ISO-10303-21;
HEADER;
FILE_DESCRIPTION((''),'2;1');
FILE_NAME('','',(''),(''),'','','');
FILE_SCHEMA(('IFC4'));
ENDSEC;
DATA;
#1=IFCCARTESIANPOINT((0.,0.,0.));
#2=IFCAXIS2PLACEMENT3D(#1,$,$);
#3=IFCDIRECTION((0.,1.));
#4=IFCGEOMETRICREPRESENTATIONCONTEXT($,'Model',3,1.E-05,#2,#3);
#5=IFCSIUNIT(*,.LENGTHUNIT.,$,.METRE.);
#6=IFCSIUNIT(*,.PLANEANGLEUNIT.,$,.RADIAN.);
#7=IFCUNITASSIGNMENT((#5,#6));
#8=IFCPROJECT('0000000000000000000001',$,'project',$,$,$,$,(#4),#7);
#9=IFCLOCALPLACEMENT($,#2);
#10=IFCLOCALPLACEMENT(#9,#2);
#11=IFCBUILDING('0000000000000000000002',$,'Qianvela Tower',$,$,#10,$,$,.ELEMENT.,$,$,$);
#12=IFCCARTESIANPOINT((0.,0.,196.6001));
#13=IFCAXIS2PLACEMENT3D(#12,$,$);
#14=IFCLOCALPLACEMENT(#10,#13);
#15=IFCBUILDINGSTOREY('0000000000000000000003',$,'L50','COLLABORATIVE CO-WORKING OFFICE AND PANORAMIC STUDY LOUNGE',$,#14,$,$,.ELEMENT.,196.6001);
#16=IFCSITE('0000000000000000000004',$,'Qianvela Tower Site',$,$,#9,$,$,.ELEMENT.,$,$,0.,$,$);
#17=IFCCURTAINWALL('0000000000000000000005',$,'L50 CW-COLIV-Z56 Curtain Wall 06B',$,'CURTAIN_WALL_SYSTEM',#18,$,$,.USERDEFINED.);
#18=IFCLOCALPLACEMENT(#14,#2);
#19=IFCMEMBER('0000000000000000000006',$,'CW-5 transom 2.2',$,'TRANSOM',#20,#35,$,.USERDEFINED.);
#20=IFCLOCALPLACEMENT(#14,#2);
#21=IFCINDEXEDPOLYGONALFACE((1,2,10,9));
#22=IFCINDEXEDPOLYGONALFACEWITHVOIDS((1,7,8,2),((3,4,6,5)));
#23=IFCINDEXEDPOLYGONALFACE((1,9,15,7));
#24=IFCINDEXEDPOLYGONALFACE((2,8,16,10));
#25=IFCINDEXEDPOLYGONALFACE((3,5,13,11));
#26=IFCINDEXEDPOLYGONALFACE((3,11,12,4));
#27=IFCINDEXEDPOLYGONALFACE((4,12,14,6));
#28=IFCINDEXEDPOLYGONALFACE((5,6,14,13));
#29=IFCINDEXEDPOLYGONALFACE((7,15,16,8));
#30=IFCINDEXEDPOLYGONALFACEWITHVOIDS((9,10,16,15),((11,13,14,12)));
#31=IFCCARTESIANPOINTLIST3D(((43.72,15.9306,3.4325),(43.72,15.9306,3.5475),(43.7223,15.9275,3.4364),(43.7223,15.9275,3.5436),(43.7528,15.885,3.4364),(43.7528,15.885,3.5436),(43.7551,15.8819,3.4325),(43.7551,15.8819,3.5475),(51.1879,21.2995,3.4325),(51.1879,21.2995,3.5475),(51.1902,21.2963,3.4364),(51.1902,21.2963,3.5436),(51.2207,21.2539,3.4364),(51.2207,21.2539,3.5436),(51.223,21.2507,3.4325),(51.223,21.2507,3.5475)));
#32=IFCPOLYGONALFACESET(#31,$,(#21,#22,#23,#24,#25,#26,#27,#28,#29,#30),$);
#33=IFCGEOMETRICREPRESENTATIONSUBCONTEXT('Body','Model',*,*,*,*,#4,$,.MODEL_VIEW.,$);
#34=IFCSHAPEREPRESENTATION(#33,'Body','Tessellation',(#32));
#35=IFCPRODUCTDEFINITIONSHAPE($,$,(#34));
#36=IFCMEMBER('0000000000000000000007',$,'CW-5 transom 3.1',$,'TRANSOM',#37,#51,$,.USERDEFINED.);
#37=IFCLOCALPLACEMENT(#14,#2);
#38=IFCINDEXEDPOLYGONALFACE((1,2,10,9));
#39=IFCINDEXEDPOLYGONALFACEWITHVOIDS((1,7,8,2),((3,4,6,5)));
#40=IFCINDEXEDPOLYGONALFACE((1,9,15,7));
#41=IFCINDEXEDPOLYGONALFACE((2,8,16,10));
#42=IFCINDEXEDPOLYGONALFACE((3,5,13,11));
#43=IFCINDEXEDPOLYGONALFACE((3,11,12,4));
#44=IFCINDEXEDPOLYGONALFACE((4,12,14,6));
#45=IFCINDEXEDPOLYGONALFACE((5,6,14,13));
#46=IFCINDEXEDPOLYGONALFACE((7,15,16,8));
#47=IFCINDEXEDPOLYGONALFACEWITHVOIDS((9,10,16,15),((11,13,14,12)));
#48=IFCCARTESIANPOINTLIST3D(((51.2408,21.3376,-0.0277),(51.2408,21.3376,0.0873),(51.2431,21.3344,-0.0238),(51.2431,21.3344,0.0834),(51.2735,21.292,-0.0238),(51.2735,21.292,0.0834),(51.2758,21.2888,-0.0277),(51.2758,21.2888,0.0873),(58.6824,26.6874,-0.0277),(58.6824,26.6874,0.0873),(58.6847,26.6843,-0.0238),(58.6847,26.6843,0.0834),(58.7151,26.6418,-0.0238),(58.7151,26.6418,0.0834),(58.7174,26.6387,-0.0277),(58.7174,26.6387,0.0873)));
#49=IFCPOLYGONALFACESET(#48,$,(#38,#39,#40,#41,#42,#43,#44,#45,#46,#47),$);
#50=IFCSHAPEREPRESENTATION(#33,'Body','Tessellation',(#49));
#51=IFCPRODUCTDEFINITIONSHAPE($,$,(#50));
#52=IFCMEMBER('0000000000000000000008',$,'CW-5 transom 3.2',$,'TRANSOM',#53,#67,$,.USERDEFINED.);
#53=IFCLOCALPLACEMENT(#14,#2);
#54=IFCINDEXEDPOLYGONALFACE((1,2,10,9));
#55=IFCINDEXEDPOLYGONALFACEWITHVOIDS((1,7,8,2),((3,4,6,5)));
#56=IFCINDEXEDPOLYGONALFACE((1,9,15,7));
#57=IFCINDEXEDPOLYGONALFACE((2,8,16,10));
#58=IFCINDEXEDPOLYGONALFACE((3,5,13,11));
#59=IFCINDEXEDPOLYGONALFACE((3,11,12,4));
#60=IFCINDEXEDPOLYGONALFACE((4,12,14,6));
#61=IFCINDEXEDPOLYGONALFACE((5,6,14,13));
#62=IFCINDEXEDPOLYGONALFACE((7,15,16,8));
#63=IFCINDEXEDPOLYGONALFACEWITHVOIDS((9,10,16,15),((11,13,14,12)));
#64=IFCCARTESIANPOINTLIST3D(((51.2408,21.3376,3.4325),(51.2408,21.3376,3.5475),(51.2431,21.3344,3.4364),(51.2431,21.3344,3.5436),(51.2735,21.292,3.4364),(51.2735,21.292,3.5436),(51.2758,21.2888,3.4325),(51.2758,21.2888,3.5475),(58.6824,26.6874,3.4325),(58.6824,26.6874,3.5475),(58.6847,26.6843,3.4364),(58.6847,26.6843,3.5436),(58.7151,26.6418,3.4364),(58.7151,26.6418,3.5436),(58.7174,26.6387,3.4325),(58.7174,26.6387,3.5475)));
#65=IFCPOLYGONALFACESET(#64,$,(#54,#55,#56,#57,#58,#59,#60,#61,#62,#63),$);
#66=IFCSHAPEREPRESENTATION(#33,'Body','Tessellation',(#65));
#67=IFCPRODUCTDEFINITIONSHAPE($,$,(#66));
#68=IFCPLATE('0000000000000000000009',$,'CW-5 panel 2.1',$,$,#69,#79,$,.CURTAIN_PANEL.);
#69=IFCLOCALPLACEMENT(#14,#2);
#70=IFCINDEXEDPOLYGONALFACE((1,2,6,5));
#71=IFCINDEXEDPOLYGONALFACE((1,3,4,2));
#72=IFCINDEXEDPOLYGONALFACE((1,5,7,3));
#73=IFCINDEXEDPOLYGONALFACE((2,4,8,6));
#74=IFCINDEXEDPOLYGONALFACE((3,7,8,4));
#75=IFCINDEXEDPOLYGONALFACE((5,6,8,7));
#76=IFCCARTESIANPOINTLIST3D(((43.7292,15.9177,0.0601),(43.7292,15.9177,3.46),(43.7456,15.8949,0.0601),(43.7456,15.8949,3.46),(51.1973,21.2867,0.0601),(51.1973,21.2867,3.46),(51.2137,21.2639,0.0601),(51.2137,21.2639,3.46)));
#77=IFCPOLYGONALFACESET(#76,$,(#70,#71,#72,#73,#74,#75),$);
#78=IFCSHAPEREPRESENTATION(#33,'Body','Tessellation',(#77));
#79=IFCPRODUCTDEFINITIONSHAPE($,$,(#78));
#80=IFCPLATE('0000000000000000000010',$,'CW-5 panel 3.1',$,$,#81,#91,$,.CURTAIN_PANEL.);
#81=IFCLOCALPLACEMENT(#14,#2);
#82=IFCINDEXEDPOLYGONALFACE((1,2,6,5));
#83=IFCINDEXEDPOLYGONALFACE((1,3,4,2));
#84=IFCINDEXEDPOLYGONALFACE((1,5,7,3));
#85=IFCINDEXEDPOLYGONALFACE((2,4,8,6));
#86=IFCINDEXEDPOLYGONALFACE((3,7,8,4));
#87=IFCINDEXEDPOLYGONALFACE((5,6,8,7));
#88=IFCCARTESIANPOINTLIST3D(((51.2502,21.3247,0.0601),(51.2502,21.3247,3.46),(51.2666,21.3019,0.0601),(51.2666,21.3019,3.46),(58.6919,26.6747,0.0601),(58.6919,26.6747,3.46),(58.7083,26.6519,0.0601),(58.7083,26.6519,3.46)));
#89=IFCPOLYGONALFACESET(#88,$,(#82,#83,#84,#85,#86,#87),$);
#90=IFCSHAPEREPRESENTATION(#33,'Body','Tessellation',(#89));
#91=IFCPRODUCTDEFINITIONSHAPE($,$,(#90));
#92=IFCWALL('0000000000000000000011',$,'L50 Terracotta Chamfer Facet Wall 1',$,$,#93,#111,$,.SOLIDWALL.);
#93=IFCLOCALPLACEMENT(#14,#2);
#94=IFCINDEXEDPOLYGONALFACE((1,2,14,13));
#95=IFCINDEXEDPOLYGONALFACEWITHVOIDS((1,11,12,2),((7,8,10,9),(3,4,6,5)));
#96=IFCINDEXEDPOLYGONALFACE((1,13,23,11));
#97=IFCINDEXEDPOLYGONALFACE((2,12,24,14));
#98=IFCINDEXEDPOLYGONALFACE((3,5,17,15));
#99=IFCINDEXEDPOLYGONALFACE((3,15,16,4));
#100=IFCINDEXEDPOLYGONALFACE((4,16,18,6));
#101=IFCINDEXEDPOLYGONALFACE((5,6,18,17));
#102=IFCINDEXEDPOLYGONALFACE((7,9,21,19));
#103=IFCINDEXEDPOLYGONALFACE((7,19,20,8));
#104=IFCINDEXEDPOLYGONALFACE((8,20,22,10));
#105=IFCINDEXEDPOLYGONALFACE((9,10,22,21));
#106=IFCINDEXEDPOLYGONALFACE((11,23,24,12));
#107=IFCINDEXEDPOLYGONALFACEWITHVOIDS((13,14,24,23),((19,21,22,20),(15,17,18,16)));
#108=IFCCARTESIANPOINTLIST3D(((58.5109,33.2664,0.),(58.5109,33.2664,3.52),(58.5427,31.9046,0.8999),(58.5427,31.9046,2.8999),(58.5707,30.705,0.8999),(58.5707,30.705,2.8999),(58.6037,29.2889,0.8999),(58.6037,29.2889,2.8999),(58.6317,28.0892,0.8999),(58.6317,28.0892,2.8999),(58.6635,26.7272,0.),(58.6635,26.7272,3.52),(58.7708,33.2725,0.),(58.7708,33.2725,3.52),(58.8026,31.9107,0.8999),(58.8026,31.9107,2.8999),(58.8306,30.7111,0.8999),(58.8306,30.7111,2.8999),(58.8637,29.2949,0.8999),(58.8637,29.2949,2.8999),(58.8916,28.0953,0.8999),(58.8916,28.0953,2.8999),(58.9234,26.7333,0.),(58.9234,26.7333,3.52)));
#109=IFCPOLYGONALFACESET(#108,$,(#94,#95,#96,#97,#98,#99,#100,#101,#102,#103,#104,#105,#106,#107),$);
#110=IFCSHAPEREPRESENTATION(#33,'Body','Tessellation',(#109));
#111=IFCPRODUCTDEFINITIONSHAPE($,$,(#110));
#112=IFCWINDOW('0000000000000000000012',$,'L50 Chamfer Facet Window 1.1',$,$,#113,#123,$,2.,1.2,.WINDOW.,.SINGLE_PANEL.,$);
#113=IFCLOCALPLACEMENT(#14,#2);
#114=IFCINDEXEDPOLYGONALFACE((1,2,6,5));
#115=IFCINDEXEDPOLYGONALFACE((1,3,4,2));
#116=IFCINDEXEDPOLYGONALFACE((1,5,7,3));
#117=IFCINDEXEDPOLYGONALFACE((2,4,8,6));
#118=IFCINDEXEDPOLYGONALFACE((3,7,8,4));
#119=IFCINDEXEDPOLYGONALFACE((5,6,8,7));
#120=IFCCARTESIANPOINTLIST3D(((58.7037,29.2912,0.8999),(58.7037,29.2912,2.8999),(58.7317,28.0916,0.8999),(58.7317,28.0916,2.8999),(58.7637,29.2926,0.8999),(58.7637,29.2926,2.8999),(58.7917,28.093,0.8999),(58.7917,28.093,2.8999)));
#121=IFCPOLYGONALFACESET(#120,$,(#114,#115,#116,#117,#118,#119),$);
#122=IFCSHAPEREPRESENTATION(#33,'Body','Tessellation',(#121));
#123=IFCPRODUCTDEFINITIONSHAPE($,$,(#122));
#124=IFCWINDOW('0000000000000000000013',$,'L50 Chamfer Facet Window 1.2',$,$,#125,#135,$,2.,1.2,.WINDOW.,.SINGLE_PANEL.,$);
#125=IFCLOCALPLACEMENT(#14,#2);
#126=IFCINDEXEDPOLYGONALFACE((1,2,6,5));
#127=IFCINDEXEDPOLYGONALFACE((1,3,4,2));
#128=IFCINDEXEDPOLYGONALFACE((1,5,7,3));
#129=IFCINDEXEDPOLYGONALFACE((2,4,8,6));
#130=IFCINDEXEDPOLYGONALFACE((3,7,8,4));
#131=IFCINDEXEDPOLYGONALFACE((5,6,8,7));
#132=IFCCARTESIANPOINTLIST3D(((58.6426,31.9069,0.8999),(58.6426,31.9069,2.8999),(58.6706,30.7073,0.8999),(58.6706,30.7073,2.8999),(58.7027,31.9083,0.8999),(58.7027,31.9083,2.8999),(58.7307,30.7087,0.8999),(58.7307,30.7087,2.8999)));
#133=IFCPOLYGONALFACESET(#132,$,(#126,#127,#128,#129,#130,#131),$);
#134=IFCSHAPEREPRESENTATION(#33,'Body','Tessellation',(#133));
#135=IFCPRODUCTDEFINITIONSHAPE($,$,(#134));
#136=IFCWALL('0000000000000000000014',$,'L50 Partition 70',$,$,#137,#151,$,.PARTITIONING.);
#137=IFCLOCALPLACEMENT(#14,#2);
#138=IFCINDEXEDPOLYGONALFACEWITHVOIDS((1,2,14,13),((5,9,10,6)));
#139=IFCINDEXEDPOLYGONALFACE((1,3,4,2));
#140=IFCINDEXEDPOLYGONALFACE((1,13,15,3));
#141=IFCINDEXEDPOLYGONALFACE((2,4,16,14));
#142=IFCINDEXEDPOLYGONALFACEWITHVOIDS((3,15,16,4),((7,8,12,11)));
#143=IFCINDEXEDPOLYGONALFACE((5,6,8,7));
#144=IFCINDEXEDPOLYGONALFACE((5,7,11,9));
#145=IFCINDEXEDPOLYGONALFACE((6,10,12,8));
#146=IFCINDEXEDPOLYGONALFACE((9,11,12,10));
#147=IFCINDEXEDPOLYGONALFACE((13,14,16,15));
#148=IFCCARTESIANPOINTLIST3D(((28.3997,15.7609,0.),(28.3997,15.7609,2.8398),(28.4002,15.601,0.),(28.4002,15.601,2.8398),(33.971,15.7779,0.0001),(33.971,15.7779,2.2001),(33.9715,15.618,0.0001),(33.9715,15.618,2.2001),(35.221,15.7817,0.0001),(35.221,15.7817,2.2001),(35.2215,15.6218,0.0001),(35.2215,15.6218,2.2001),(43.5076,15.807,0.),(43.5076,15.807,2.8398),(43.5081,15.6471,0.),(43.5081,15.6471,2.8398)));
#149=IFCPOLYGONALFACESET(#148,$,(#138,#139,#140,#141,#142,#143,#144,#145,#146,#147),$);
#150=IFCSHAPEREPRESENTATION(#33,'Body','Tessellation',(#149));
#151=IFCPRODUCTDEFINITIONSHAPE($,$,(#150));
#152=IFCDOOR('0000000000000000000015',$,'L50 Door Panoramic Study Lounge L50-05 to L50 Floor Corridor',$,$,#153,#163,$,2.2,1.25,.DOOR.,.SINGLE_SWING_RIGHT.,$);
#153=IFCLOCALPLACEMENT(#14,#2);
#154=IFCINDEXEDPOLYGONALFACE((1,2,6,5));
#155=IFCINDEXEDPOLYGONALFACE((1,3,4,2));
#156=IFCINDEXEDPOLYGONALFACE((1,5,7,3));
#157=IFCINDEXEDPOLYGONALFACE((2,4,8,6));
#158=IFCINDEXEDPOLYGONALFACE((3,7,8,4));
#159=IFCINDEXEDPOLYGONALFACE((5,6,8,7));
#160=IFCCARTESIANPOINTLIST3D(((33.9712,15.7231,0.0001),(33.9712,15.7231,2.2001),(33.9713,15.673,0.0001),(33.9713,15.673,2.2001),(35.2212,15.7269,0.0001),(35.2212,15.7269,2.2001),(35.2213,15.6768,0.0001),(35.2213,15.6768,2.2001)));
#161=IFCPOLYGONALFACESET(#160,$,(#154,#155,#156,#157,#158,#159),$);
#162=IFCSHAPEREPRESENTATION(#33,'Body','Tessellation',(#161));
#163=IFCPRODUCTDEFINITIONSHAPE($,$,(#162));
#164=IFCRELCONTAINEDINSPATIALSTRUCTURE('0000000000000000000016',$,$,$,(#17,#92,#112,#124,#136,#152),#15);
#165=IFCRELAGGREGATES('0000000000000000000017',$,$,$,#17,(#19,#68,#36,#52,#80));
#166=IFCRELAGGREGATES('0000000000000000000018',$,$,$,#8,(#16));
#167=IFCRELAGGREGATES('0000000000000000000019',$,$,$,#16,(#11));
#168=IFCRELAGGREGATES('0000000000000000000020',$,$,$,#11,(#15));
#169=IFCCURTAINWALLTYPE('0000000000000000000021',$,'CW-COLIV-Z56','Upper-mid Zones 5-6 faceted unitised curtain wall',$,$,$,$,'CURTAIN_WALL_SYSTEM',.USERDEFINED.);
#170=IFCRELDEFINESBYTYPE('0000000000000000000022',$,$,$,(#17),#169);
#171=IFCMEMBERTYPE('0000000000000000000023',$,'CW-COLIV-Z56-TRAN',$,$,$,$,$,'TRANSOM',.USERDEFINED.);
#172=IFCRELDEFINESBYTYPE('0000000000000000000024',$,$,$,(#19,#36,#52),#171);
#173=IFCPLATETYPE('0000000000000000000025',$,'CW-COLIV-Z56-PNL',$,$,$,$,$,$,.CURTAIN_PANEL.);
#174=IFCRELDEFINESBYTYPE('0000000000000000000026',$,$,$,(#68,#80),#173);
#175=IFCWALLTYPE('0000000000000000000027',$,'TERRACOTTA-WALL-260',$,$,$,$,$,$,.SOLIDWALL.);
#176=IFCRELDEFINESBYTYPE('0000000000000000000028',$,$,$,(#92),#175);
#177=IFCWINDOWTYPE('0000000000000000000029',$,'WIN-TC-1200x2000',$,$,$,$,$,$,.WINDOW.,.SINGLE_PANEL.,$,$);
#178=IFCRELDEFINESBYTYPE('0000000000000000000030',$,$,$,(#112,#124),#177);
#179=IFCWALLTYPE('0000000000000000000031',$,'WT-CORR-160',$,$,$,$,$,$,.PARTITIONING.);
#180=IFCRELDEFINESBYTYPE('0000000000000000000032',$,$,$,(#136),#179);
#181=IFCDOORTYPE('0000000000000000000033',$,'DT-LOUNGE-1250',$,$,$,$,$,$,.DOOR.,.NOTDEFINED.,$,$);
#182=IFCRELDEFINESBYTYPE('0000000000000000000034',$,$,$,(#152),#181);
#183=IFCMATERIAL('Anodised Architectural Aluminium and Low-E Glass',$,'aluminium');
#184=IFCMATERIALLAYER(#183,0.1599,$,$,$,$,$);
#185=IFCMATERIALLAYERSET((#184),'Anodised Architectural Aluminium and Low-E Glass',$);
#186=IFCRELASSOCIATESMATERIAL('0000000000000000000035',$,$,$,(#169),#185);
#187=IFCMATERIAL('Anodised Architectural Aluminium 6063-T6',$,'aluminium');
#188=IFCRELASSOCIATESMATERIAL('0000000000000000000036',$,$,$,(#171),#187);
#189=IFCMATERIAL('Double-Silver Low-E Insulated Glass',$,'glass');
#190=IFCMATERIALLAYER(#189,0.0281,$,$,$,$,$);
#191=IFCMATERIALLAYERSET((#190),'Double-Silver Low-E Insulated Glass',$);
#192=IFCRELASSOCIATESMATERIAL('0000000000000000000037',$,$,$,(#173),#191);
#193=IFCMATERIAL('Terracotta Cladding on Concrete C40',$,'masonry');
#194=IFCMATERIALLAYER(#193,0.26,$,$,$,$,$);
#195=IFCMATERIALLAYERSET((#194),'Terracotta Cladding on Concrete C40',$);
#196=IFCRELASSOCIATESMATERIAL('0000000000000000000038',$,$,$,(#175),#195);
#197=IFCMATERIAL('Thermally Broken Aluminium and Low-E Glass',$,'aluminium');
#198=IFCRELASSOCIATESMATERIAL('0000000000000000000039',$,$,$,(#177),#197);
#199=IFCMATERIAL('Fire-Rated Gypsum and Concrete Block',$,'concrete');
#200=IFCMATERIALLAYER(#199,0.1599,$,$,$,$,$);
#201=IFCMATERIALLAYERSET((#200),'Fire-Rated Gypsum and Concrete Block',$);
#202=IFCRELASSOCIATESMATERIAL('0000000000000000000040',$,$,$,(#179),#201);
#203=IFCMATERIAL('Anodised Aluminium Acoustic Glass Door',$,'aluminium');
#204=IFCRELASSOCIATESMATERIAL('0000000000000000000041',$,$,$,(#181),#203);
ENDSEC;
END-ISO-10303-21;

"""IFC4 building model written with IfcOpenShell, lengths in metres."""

from ifc_helpers import new_model, si_unit, direction, frame, frame_2d, origin, origin_2d, place, context, subcontext, project, spatial, rectangle, hollow_rectangle, extrude, material, layer, layer_set, material_profile, profile_set, type_object, element, fill, aggregate, save


model = new_model("IFC4")

# Units and contexts
model_context = context("Model", 3, precision=1e-05, world=origin(), true_north=direction((0.0, 1.0)))
body_context = subcontext(model_context, "Body", "Model", "MODEL_VIEW")
ifc_project = project(units=[si_unit("LENGTHUNIT", "METRE"), si_unit("PLANEANGLEUNIT", "RADIAN")], contexts=[model_context])

# Site, building, storey
site_placement = place(None, origin())
site = spatial("IfcSite", under=ifc_project, at=site_placement, Name="Qianvela Tower Site", CompositionType="ELEMENT", RefElevation=0.0)
building_placement = place(site_placement, origin())
building = spatial("IfcBuilding", under=site, at=building_placement, Name="Qianvela Tower", CompositionType="ELEMENT")
storey_placement = place(building_placement, frame((0.0, 0.0, 196.6001)))
storey = spatial("IfcBuildingStorey", under=building, at=storey_placement, Name="L50", Description="COLLABORATIVE CO-WORKING OFFICE AND PANORAMIC STUDY LOUNGE", CompositionType="ELEMENT", Elevation=196.6001)

# Curtain wall, members, plates
ifc_material_1 = material(Name="Anodised Architectural Aluminium and Low-E Glass", Category="aluminium")
ifc_layer_1 = layer(ifc_material_1, 0.1599)
ifc_layer_set_1 = layer_set([ifc_layer_1], Name="Anodised Architectural Aluminium and Low-E Glass")
curtain_wall_type = type_object("IfcCurtainWallType", Name="CW-COLIV-Z56", Description="Upper-mid Zones 5-6 faceted unitised curtain wall", ElementType="CURTAIN_WALL_SYSTEM", PredefinedType="USERDEFINED", material=ifc_layer_set_1)
curtain_wall_placement = place(storey_placement, origin())
curtain_wall = element("IfcCurtainWall", 1, at=curtain_wall_placement, inside=storey, type_object=curtain_wall_type, Name="L50 CW-COLIV-Z56 Curtain Wall 06B", ObjectType="CURTAIN_WALL_SYSTEM", PredefinedType="USERDEFINED")
ifc_material_2 = material(Name="Anodised Architectural Aluminium 6063-T6", Category="aluminium")
ifc_material_profile_1 = material_profile(ifc_material_2, hollow_rectangle(XDim=0.0601, YDim=0.115, WallThickness=0.0039, at=origin_2d()), Name="ALU-TRAN-60x115")
ifc_profile_set_1 = profile_set([ifc_material_profile_1], Name="Anodised Architectural Aluminium 6063-T6")
member_type_1 = type_object("IfcMemberType", Name="CW-COLIV-Z56-TRAN", ElementType="TRANSOM", PredefinedType="USERDEFINED", material=ifc_profile_set_1)
member_1_placement = place(storey_placement, frame((43.7375, 15.9062, 3.49), z_axis=(0.811951, 0.583726, 0.0), x_axis=(-0.583726, 0.811951, 0.0)))
member_1 = element("IfcMember", 2, at=member_1_placement, type_object=member_type_1, Name="CW-5 transom 2.2", ObjectType="TRANSOM", PredefinedType="USERDEFINED", context=body_context, shape_type="SweptSolid", body=[
    extrude(hollow_rectangle(XDim=0.0601, YDim=0.115, WallThickness=0.0039, at=origin_2d()), origin(), (0.0, 0.0, 1.0), 9.1975),
])
member_2_placement = place(storey_placement, frame((51.2583, 21.3132, 0.0298), z_axis=(0.811955, 0.58372, 0.0), x_axis=(-0.58372, 0.811955, 0.0)))
member_2 = element("IfcMember", 3, at=member_2_placement, type_object=member_type_1, Name="CW-5 transom 3.1", ObjectType="TRANSOM", PredefinedType="USERDEFINED", context=body_context, shape_type="SweptSolid", body=[
    extrude(hollow_rectangle(XDim=0.0601, YDim=0.115, WallThickness=0.0039, at=origin_2d()), origin(), (0.0, 0.0, 1.0), 9.165),
])
member_3_placement = place(storey_placement, frame((51.2583, 21.3132, 3.49), z_axis=(0.811955, 0.58372, 0.0), x_axis=(-0.58372, 0.811955, 0.0)))
member_3 = element("IfcMember", 4, at=member_3_placement, type_object=member_type_1, Name="CW-5 transom 3.2", ObjectType="TRANSOM", PredefinedType="USERDEFINED", context=body_context, shape_type="SweptSolid", body=[
    extrude(hollow_rectangle(XDim=0.0601, YDim=0.115, WallThickness=0.0039, at=origin_2d()), origin(), (0.0, 0.0, 1.0), 9.165),
])
ifc_material_3 = material(Name="Double-Silver Low-E Insulated Glass", Category="glass")
ifc_layer_2 = layer(ifc_material_3, 0.0281)
ifc_layer_set_2 = layer_set([ifc_layer_2], Name="Double-Silver Low-E Insulated Glass")
plate_type = type_object("IfcPlateType", Name="CW-COLIV-Z56-PNL", PredefinedType="CURTAIN_PANEL", material=ifc_layer_set_2)
plate_1_placement = place(storey_placement, frame((47.4714, 18.5908, 0.0601), z_axis=(0.0, 0.0, 1.0), x_axis=(0.811952, 0.583725, 0.0)))
plate_1 = element("IfcPlate", 5, at=plate_1_placement, type_object=plate_type, Name="CW-5 panel 2.1", PredefinedType="CURTAIN_PANEL", context=body_context, shape_type="SweptSolid", body=[
    extrude(rectangle(XDim=9.1978, YDim=0.0281, at=origin_2d()), origin(), (0.0, 0.0, 1.0), 3.3999),
])
plate_2_placement = place(storey_placement, frame((54.9792, 23.9883, 0.0601), z_axis=(0.0, 0.0, 1.0), x_axis=(0.811952, 0.583725, 0.0)))
plate_2 = element("IfcPlate", 6, at=plate_2_placement, type_object=plate_type, Name="CW-5 panel 3.1", PredefinedType="CURTAIN_PANEL", context=body_context, shape_type="SweptSolid", body=[
    extrude(rectangle(XDim=9.1653, YDim=0.0281, at=origin_2d()), origin(), (0.0, 0.0, 1.0), 3.3999),
])
aggregate(curtain_wall, [member_1, plate_1, member_2, member_3, plate_2])

# Wall, openings, windows
ifc_material_4 = material(Name="Terracotta Cladding on Concrete C40", Category="masonry")
ifc_layer_3 = layer(ifc_material_4, 0.26)
ifc_layer_set_3 = layer_set([ifc_layer_3], Name="Terracotta Cladding on Concrete C40")
wall_type_1 = type_object("IfcWallType", Name="TERRACOTTA-WALL-260", PredefinedType="SOLIDWALL", material=ifc_layer_set_3)
wall_1_placement = place(storey_placement, frame((58.7935, 26.7302, 0.0), z_axis=(0.0, 0.0, 1.0), x_axis=(-0.023328, 0.999728, 0.0)))
wall_1 = element("IfcWall", 7, at=wall_1_placement, inside=storey, type_object=wall_type_1, Name="L50 Terracotta Chamfer Facet Wall 1", PredefinedType="SOLIDWALL", context=body_context, shape_type="SweptSolid", body=[
    extrude(rectangle(XDim=6.541, YDim=0.26, at=frame_2d((3.2705, 0.0))), origin(), (0.0, 0.0, 1.0), 3.52),
])
opening_1_placement = place(wall_1_placement, frame((1.3623, 0.0, 0.8999)))
opening_1 = element("IfcOpeningElement", 8, at=opening_1_placement, cuts=wall_1, PredefinedType="OPENING", context=body_context, shape_type="SweptSolid", body=[
    extrude(rectangle(XDim=1.2, YDim=2.0, at=frame_2d((0.6001, 1.0))), frame((0.0, 0.1399, 0.0), z_axis=(0.0, -1.0, 0.0), x_axis=(1.0, 0.0, 0.0)), (0.0, 0.0, 1.0), 0.28),
])
opening_2_placement = place(wall_1_placement, frame((3.9788, 0.0, 0.8999)))
opening_2 = element("IfcOpeningElement", 9, at=opening_2_placement, cuts=wall_1, PredefinedType="OPENING", context=body_context, shape_type="SweptSolid", body=[
    extrude(rectangle(XDim=1.2, YDim=2.0, at=frame_2d((0.6001, 1.0))), frame((0.0, 0.1399, 0.0), z_axis=(0.0, -1.0, 0.0), x_axis=(1.0, 0.0, 0.0)), (0.0, 0.0, 1.0), 0.28),
])
ifc_material_5 = material(Name="Thermally Broken Aluminium and Low-E Glass", Category="aluminium")
window_type = type_object("IfcWindowType", Name="WIN-TC-1200x2000", PartitioningType="SINGLE_PANEL", PredefinedType="WINDOW", material=ifc_material_5)
window_1_placement = place(opening_1_placement, origin())
window_1 = element("IfcWindow", 10, at=window_1_placement, inside=storey, type_object=window_type, Name="L50 Chamfer Facet Window 1.1", OverallHeight=2.0, OverallWidth=1.2, PartitioningType="SINGLE_PANEL", PredefinedType="WINDOW", context=body_context, shape_type="SweptSolid", body=[
    extrude(rectangle(XDim=1.2, YDim=2.0, at=frame_2d((0.6001, 1.0))), frame((0.0, 0.03, 0.0), z_axis=(0.0, -1.0, 0.0), x_axis=(1.0, 0.0, 0.0)), (0.0, 0.0, 1.0), 0.0601),
])
fill(opening_1, window_1)
window_2_placement = place(opening_2_placement, origin())
window_2 = element("IfcWindow", 11, at=window_2_placement, inside=storey, type_object=window_type, Name="L50 Chamfer Facet Window 1.2", OverallHeight=2.0, OverallWidth=1.2, PartitioningType="SINGLE_PANEL", PredefinedType="WINDOW", context=body_context, shape_type="SweptSolid", body=[
    extrude(rectangle(XDim=1.2, YDim=2.0, at=frame_2d((0.6001, 1.0))), frame((0.0, 0.03, 0.0), z_axis=(0.0, -1.0, 0.0), x_axis=(1.0, 0.0, 0.0)), (0.0, 0.0, 1.0), 0.0601),
])
fill(opening_2, window_2)

# Wall, opening, door
ifc_material_6 = material(Name="Fire-Rated Gypsum and Concrete Block", Category="concrete")
ifc_layer_4 = layer(ifc_material_6, 0.1599)
ifc_layer_set_4 = layer_set([ifc_layer_4], Name="Fire-Rated Gypsum and Concrete Block")
wall_type_2 = type_object("IfcWallType", Name="WT-CORR-160", PredefinedType="PARTITIONING", material=ifc_layer_set_4)
wall_2_placement = place(storey_placement, frame((43.5078, 15.7271, 0.0), z_axis=(0.0, 0.0, 1.0), x_axis=(-0.999995, -0.003054, 0.0)))
wall_2 = element("IfcWall", 12, at=wall_2_placement, inside=storey, type_object=wall_type_2, Name="L50 Partition 70", PredefinedType="PARTITIONING", context=body_context, shape_type="SweptSolid", body=[
    extrude(rectangle(XDim=15.1079, YDim=0.1599, at=frame_2d((7.554, 0.0))), origin(), (0.0, 0.0, 1.0), 2.8398),
])
opening_3_placement = place(wall_2_placement, frame((8.2866, 0.0, 0.0)))
opening_3 = element("IfcOpeningElement", 13, at=opening_3_placement, cuts=wall_2, PredefinedType="OPENING", context=body_context, shape_type="SweptSolid", body=[
    extrude(rectangle(XDim=1.25, YDim=2.2, at=frame_2d((0.625, 1.1001))), frame((0.0, 0.0898, 0.0), z_axis=(0.0, -1.0, 0.0), x_axis=(1.0, 0.0, 0.0)), (0.0, 0.0, 1.0), 0.1799),
])
ifc_material_7 = material(Name="Anodised Aluminium Acoustic Glass Door", Category="aluminium")
door_type_1 = type_object("IfcDoorType", Name="DT-LOUNGE-1250", OperationType="NOTDEFINED", PredefinedType="DOOR", material=ifc_material_7)
door_1_placement = place(opening_3_placement, origin())
door_1 = element("IfcDoor", 14, at=door_1_placement, inside=storey, type_object=door_type_1, Name="L50 Door Panoramic Study Lounge L50-05 to L50 Floor Corridor", OperationType="SINGLE_SWING_RIGHT", OverallHeight=2.2, OverallWidth=1.25, PredefinedType="DOOR", context=body_context, shape_type="SweptSolid", body=[
    extrude(rectangle(XDim=1.25, YDim=2.2, at=frame_2d((0.625, 1.1001))), frame((0.0, 0.0249, 0.0), z_axis=(0.0, -1.0, 0.0), x_axis=(1.0, 0.0, 0.0)), (0.0, 0.0, 1.0), 0.05),
])
fill(opening_3, door_1)

save(model, "model.ifc")
